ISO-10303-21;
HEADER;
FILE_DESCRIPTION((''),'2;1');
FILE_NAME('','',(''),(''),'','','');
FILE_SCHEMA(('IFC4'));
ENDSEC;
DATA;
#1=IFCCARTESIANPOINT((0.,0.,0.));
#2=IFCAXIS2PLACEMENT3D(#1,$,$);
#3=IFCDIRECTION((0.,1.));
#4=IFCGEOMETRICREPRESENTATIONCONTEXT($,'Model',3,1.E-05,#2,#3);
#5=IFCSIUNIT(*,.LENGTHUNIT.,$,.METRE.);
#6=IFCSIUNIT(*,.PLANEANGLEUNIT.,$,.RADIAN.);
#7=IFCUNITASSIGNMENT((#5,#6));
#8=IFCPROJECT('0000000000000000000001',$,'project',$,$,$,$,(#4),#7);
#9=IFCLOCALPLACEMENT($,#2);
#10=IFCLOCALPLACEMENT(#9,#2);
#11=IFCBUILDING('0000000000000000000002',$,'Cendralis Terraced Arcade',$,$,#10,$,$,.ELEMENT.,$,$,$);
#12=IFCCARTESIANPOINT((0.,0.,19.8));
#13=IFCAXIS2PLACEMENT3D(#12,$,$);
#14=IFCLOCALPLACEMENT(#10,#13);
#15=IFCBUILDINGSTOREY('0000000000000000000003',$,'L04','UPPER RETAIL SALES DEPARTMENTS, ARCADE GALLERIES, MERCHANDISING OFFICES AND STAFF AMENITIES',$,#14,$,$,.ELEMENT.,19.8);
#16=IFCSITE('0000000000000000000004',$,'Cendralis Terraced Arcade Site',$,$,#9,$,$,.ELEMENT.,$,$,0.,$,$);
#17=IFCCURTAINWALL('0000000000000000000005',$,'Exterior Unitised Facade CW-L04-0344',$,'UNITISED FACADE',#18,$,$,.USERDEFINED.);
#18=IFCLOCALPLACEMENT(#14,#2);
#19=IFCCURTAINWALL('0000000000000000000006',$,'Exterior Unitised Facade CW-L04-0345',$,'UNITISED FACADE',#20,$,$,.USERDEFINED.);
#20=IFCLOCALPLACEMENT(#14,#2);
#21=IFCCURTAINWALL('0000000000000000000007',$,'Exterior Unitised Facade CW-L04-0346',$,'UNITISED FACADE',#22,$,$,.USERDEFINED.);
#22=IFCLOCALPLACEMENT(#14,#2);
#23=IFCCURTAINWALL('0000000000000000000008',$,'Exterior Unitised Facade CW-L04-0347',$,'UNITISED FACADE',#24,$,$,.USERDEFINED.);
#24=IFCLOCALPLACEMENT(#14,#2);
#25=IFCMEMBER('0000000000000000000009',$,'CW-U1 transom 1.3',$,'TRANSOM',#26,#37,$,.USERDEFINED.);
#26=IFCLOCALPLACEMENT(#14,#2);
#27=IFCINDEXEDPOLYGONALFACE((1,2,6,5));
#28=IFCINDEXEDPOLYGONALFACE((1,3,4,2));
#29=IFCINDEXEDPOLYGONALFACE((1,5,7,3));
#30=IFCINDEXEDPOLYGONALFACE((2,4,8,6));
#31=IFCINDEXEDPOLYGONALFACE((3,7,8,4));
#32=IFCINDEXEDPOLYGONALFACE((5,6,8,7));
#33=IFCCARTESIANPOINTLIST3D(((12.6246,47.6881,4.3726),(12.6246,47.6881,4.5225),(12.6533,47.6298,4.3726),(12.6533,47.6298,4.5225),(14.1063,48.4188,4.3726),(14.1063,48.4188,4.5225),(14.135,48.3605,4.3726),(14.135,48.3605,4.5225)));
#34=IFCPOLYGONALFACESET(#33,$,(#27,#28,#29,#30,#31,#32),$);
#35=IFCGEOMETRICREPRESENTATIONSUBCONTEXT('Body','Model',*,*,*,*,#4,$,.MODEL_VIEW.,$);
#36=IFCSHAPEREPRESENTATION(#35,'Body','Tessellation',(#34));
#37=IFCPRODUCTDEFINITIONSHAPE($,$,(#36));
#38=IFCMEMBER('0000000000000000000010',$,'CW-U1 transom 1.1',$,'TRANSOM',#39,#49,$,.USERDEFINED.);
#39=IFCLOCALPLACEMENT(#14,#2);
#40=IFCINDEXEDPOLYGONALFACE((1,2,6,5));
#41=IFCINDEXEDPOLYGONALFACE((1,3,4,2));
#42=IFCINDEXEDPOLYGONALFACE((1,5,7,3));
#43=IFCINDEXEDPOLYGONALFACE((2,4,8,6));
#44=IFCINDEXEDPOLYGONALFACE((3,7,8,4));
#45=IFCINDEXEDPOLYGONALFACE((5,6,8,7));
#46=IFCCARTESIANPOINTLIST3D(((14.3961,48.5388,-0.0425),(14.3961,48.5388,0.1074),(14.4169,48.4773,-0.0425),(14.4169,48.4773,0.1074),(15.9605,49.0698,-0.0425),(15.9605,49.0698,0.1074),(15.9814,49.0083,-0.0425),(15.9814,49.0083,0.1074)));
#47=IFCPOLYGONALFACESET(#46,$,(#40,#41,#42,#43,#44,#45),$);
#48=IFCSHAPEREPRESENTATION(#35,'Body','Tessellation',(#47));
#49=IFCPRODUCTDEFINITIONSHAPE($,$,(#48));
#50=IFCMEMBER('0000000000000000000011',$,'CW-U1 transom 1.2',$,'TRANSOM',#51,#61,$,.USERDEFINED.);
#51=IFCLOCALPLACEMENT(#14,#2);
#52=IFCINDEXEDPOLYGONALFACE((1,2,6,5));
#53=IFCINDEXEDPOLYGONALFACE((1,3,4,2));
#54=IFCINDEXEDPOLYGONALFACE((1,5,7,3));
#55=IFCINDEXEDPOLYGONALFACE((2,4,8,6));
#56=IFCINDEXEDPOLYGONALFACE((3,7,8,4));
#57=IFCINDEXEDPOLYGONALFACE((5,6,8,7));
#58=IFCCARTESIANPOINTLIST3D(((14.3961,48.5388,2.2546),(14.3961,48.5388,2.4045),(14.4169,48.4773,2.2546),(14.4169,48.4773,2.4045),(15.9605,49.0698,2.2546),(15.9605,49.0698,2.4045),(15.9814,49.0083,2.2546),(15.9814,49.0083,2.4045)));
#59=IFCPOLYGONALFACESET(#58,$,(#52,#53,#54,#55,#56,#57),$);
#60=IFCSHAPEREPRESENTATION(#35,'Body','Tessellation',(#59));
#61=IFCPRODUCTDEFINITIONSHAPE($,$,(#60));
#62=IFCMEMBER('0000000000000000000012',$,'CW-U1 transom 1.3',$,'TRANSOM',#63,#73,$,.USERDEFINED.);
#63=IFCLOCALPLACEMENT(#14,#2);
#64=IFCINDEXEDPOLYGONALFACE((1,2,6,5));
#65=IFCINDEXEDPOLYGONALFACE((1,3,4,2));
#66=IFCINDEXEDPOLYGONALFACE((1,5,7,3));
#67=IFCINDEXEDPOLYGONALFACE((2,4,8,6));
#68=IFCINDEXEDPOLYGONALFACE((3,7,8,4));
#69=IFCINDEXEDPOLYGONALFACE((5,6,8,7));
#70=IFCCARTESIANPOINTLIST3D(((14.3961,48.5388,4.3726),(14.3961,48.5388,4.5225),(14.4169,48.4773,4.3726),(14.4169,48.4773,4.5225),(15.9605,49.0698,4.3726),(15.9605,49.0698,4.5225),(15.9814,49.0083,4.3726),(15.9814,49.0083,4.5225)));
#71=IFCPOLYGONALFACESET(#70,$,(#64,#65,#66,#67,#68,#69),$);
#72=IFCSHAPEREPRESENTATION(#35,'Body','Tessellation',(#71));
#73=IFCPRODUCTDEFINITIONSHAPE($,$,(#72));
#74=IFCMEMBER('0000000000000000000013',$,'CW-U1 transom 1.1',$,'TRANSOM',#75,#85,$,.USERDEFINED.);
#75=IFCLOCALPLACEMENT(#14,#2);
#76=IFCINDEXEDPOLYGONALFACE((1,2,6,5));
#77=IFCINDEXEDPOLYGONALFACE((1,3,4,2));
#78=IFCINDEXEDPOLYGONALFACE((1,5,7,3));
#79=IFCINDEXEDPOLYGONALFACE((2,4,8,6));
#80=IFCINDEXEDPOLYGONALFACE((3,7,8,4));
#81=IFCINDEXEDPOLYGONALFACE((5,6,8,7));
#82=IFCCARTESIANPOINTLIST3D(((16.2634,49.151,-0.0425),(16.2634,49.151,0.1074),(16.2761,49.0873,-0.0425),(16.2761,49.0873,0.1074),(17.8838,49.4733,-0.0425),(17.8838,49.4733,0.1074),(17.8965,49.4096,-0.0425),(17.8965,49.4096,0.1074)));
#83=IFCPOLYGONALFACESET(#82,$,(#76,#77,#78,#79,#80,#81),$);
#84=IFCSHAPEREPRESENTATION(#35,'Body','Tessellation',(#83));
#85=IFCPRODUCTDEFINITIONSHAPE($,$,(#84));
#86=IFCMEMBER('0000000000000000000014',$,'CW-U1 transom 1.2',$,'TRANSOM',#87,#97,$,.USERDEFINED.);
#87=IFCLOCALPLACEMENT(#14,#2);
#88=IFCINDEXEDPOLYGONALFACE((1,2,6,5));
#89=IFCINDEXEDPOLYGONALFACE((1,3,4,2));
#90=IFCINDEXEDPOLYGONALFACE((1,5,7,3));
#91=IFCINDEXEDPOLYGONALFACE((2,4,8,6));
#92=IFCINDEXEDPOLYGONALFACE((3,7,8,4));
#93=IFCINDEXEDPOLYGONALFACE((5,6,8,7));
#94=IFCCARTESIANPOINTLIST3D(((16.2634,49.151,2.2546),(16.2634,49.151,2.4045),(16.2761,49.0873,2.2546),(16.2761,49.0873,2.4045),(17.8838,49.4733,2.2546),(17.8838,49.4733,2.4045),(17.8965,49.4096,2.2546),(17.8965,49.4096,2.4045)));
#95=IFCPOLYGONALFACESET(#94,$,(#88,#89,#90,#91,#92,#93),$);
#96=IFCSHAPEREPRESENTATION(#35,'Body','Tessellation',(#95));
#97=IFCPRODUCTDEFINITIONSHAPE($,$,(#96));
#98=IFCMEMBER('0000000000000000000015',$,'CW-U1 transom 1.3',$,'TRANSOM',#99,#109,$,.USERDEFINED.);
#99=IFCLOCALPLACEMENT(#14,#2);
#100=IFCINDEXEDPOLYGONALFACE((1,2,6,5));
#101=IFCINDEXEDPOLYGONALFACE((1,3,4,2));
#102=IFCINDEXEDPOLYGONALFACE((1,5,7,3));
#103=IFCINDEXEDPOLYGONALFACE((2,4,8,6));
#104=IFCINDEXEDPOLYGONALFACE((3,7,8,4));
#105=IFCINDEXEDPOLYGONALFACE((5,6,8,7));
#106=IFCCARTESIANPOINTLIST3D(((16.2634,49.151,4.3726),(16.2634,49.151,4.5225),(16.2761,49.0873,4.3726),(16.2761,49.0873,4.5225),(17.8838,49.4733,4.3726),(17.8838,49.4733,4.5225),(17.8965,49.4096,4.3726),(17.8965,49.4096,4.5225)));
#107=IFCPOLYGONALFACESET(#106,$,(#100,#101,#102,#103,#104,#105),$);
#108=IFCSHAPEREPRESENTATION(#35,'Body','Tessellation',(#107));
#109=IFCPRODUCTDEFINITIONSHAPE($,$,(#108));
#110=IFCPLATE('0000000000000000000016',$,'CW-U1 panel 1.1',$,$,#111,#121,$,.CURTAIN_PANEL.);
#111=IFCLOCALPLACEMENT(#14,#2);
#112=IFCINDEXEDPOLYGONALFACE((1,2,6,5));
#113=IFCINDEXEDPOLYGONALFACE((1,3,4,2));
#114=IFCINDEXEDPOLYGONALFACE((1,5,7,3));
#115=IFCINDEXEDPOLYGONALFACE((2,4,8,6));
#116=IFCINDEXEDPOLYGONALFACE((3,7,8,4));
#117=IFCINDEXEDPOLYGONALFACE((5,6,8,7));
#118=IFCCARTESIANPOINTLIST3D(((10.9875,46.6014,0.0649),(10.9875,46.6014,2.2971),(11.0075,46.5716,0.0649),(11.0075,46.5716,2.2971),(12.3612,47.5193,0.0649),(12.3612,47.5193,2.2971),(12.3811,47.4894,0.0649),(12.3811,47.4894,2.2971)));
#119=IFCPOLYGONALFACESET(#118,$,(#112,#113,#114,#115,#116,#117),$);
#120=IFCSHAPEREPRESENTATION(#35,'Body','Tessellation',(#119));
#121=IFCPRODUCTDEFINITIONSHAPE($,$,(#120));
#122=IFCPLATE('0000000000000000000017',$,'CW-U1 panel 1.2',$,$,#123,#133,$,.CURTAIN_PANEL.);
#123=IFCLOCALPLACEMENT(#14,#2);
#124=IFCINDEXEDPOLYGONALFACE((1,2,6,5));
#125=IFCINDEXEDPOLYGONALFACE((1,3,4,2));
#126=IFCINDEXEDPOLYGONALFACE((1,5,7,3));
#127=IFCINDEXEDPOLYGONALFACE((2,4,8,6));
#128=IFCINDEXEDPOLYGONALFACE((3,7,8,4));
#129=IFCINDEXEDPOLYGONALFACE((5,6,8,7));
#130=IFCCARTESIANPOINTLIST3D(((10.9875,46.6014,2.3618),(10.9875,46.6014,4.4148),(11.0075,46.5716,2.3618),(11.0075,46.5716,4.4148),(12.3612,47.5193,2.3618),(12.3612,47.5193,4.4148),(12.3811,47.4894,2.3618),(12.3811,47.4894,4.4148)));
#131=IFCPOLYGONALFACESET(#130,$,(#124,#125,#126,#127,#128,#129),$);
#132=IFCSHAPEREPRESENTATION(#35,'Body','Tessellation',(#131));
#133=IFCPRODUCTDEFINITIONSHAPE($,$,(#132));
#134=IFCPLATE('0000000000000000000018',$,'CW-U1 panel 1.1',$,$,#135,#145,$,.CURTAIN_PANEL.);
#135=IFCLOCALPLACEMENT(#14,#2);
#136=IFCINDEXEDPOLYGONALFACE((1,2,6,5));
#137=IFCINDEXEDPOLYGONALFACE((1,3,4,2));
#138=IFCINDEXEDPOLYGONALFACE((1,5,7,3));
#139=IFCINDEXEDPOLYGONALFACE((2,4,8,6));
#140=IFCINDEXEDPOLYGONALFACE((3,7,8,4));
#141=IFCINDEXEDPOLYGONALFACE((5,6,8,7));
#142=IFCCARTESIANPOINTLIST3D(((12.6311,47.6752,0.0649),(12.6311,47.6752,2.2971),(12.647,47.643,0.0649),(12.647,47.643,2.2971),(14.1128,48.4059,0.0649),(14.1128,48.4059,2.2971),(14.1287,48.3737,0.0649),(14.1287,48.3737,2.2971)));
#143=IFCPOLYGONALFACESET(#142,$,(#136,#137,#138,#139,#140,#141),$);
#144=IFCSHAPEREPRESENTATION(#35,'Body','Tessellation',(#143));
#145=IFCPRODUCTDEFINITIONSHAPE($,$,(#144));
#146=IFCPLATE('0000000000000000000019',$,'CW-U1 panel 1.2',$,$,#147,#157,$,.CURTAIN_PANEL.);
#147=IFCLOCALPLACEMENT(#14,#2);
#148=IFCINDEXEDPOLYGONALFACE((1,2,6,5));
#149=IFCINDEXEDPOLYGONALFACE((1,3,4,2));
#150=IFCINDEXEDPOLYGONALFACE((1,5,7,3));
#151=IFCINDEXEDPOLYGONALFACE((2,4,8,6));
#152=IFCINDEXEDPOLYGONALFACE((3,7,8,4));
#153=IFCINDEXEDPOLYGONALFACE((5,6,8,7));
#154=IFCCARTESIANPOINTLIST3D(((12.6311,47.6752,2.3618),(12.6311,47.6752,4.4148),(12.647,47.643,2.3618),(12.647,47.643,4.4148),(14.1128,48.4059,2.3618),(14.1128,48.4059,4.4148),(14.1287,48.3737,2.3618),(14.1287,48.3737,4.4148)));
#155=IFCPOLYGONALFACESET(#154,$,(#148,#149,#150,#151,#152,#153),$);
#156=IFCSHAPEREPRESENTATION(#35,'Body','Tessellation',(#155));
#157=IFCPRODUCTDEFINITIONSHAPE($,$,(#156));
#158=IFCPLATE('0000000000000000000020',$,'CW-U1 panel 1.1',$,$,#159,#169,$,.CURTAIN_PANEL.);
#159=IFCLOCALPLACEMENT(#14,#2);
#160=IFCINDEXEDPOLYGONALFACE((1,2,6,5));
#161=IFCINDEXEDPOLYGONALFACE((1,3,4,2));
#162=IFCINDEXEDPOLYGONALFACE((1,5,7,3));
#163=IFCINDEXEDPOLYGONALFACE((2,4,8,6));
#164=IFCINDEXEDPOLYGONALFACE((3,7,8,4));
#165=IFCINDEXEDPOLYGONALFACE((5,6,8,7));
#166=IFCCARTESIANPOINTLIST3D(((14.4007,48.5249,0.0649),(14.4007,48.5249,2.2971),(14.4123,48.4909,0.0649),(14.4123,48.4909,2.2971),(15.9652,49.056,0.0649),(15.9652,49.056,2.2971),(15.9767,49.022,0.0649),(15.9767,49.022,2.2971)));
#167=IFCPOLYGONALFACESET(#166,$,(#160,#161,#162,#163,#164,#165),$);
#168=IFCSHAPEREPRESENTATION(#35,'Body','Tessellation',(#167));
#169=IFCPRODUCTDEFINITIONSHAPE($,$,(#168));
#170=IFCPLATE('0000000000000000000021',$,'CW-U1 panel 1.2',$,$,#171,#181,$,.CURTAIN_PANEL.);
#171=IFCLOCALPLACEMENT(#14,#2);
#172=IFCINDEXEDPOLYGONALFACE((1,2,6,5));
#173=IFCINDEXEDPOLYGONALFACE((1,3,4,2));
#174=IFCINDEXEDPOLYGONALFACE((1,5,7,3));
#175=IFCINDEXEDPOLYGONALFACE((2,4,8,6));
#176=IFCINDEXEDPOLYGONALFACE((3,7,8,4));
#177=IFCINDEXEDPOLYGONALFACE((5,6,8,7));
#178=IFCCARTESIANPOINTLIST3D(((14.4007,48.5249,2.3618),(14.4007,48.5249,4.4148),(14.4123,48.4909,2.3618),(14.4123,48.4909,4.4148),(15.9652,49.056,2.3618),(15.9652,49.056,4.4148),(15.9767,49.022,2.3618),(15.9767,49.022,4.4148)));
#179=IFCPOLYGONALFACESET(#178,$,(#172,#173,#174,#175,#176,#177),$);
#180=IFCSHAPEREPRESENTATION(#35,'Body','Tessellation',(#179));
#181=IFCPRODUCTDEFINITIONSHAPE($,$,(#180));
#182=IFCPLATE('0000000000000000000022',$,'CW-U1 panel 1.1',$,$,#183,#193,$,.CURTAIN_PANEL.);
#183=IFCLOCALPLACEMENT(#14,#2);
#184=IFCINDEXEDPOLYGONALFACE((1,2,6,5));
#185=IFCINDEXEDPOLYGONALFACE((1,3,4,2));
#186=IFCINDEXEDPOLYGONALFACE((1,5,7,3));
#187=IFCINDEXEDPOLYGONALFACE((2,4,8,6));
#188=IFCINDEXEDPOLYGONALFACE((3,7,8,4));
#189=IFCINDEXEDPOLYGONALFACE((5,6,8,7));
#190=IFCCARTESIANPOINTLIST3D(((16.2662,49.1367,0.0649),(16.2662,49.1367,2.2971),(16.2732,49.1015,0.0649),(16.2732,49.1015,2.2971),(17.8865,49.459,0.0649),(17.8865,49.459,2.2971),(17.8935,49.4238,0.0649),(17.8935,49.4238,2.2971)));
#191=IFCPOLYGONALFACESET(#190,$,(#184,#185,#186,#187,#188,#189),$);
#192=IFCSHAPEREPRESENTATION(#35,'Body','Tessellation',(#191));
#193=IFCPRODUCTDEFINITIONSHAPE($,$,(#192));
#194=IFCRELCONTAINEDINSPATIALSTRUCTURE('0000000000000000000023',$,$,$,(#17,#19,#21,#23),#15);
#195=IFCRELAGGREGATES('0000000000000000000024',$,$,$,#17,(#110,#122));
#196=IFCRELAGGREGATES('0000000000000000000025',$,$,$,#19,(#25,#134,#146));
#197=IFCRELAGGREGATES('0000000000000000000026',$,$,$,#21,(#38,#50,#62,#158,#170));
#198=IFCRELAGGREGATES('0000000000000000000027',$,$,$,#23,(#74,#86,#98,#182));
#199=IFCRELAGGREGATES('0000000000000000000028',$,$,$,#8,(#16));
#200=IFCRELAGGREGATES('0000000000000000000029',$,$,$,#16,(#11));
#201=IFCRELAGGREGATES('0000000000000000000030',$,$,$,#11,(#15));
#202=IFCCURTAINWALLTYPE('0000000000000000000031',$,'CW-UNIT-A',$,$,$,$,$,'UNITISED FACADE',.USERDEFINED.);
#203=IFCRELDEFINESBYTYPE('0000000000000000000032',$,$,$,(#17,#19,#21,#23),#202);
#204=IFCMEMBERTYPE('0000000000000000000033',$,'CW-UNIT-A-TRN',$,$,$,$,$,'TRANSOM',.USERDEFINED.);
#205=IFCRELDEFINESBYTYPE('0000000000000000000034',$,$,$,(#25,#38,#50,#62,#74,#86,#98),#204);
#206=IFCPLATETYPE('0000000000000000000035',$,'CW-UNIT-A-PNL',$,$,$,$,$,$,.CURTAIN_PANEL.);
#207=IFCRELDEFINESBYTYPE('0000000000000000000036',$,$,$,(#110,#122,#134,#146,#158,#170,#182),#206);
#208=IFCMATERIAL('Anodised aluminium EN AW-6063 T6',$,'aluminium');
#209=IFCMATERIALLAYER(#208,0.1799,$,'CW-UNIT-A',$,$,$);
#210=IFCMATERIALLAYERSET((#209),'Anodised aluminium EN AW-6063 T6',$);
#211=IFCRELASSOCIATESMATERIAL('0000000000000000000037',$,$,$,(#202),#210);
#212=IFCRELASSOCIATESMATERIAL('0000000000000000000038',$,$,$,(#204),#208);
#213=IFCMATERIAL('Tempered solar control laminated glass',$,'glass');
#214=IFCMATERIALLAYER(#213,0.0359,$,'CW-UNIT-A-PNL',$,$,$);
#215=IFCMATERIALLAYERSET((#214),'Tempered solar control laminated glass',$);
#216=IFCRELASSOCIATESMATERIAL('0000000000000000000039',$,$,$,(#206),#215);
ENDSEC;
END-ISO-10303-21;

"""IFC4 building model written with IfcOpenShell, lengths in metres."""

from ifc_helpers import new_model, si_unit, direction, frame, origin, origin_2d, place, context, subcontext, project, spatial, rectangle, extrude, material, layer, layer_set, material_profile, profile_set, type_object, element, aggregate, save


model = new_model("IFC4")

# Units and contexts
model_context = context("Model", 3, precision=1e-05, world=origin(), true_north=direction((0.0, 1.0)))
body_context = subcontext(model_context, "Body", "Model", "MODEL_VIEW")
ifc_project = project(units=[si_unit("LENGTHUNIT", "METRE"), si_unit("PLANEANGLEUNIT", "RADIAN")], contexts=[model_context])

# Site, building, storey
site_placement = place(None, origin())
site = spatial("IfcSite", under=ifc_project, at=site_placement, Name="Cendralis Terraced Arcade Site", CompositionType="ELEMENT", RefElevation=0.0)
building_placement = place(site_placement, origin())
building = spatial("IfcBuilding", under=site, at=building_placement, Name="Cendralis Terraced Arcade", CompositionType="ELEMENT")
storey_placement = place(building_placement, frame((0.0, 0.0, 19.8)))
storey = spatial("IfcBuildingStorey", under=building, at=storey_placement, Name="L04", Description="UPPER RETAIL SALES DEPARTMENTS, ARCADE GALLERIES, MERCHANDISING OFFICES AND STAFF AMENITIES", CompositionType="ELEMENT", Elevation=19.8)

# Curtain wall
ifc_material_1 = material(Name="Anodised aluminium EN AW-6063 T6", Category="aluminium")
ifc_layer_1 = layer(ifc_material_1, 0.1799, Name="CW-UNIT-A")
ifc_layer_set_1 = layer_set([ifc_layer_1], Name="Anodised aluminium EN AW-6063 T6")
curtain_wall_type = type_object("IfcCurtainWallType", Name="CW-UNIT-A", ElementType="UNITISED FACADE", PredefinedType="USERDEFINED", material=ifc_layer_set_1)
curtain_wall_1_placement = place(storey_placement, origin())
curtain_wall_1 = element("IfcCurtainWall", 1, at=curtain_wall_1_placement, inside=storey, type_object=curtain_wall_type, Name="Exterior Unitised Facade CW-L04-0344", ObjectType="UNITISED FACADE", PredefinedType="USERDEFINED")

# Curtain walls
curtain_wall_2_placement = place(storey_placement, origin())
curtain_wall_2 = element("IfcCurtainWall", 2, at=curtain_wall_2_placement, inside=storey, type_object=curtain_wall_type, Name="Exterior Unitised Facade CW-L04-0345", ObjectType="UNITISED FACADE", PredefinedType="USERDEFINED")
curtain_wall_3_placement = place(storey_placement, origin())
curtain_wall_3 = element("IfcCurtainWall", 3, at=curtain_wall_3_placement, inside=storey, type_object=curtain_wall_type, Name="Exterior Unitised Facade CW-L04-0346", ObjectType="UNITISED FACADE", PredefinedType="USERDEFINED")
curtain_wall_4_placement = place(storey_placement, origin())
curtain_wall_4 = element("IfcCurtainWall", 4, at=curtain_wall_4_placement, inside=storey, type_object=curtain_wall_type, Name="Exterior Unitised Facade CW-L04-0347", ObjectType="UNITISED FACADE", PredefinedType="USERDEFINED")

# Members
ifc_material_profile_1 = material_profile(ifc_material_1, rectangle(XDim=0.0649, YDim=0.1499, at=origin_2d()), Name="ALU-TRN-65x150")
ifc_profile_set_1 = profile_set([ifc_material_profile_1], Name="Anodised aluminium EN AW-6063 T6")
member_type_1 = type_object("IfcMemberType", Name="CW-UNIT-A-TRN", ElementType="TRANSOM", PredefinedType="USERDEFINED", material=ifc_profile_set_1)
member_1_placement = place(storey_placement, frame((12.6389, 47.6589, 4.4475), z_axis=(0.896867, 0.442301, 0.0), x_axis=(-0.442301, 0.896867, 0.0)))
member_1 = element("IfcMember", 5, at=member_1_placement, type_object=member_type_1, Name="CW-U1 transom 1.3", ObjectType="TRANSOM", PredefinedType="USERDEFINED", context=body_context, shape_type="SweptSolid", body=[
    extrude(rectangle(XDim=0.0649, YDim=0.1499, at=origin_2d()), origin(), (0.0, 0.0, 1.0), 1.6521),
])
member_2_placement = place(storey_placement, frame((14.4065, 48.5081, 0.0325), z_axis=(0.94694, 0.32141, 0.0), x_axis=(-0.32141, 0.94694, 0.0)))
member_2 = element("IfcMember", 6, at=member_2_placement, type_object=member_type_1, Name="CW-U1 transom 1.1", ObjectType="TRANSOM", PredefinedType="USERDEFINED", context=body_context, shape_type="SweptSolid", body=[
    extrude(rectangle(XDim=0.0649, YDim=0.1499, at=origin_2d()), origin(), (0.0, 0.0, 1.0), 1.6521),
])
member_3_placement = place(storey_placement, frame((14.4065, 48.5081, 2.3296), z_axis=(0.94694, 0.32141, 0.0), x_axis=(-0.32141, 0.94694, 0.0)))
member_3 = element("IfcMember", 7, at=member_3_placement, type_object=member_type_1, Name="CW-U1 transom 1.2", ObjectType="TRANSOM", PredefinedType="USERDEFINED", context=body_context, shape_type="SweptSolid", body=[
    extrude(rectangle(XDim=0.0649, YDim=0.1499, at=origin_2d()), origin(), (0.0, 0.0, 1.0), 1.6521),
])
member_4_placement = place(storey_placement, frame((14.4065, 48.5081, 4.4475), z_axis=(0.94694, 0.32141, 0.0), x_axis=(-0.32141, 0.94694, 0.0)))
member_4 = element("IfcMember", 8, at=member_4_placement, type_object=member_type_1, Name="CW-U1 transom 1.3", ObjectType="TRANSOM", PredefinedType="USERDEFINED", context=body_context, shape_type="SweptSolid", body=[
    extrude(rectangle(XDim=0.0649, YDim=0.1499, at=origin_2d()), origin(), (0.0, 0.0, 1.0), 1.6521),
])
member_5_placement = place(storey_placement, frame((16.2698, 49.1191, 0.0325), z_axis=(0.98079, 0.195065, 0.0), x_axis=(-0.195065, 0.98079, 0.0)))
member_5 = element("IfcMember", 9, at=member_5_placement, type_object=member_type_1, Name="CW-U1 transom 1.1", ObjectType="TRANSOM", PredefinedType="USERDEFINED", context=body_context, shape_type="SweptSolid", body=[
    extrude(rectangle(XDim=0.0649, YDim=0.1499, at=origin_2d()), origin(), (0.0, 0.0, 1.0), 1.6521),
])
member_6_placement = place(storey_placement, frame((16.2698, 49.1191, 2.3296), z_axis=(0.98079, 0.195065, 0.0), x_axis=(-0.195065, 0.98079, 0.0)))
member_6 = element("IfcMember", 10, at=member_6_placement, type_object=member_type_1, Name="CW-U1 transom 1.2", ObjectType="TRANSOM", PredefinedType="USERDEFINED", context=body_context, shape_type="SweptSolid", body=[
    extrude(rectangle(XDim=0.0649, YDim=0.1499, at=origin_2d()), origin(), (0.0, 0.0, 1.0), 1.6521),
])
member_7_placement = place(storey_placement, frame((16.2698, 49.1191, 4.4475), z_axis=(0.98079, 0.195065, 0.0), x_axis=(-0.195065, 0.98079, 0.0)))
member_7 = element("IfcMember", 11, at=member_7_placement, type_object=member_type_1, Name="CW-U1 transom 1.3", ObjectType="TRANSOM", PredefinedType="USERDEFINED", context=body_context, shape_type="SweptSolid", body=[
    extrude(rectangle(XDim=0.0649, YDim=0.1499, at=origin_2d()), origin(), (0.0, 0.0, 1.0), 1.6521),
])

# Plates
ifc_material_2 = material(Name="Tempered solar control laminated glass", Category="glass")
ifc_layer_2 = layer(ifc_material_2, 0.0359, Name="CW-UNIT-A-PNL")
ifc_layer_set_2 = layer_set([ifc_layer_2], Name="Tempered solar control laminated glass")
plate_type = type_object("IfcPlateType", Name="CW-UNIT-A-PNL", PredefinedType="CURTAIN_PANEL", material=ifc_layer_set_2)
plate_1_placement = place(storey_placement, frame((11.6843, 47.0454, 0.0649), z_axis=(0.0, 0.0, 1.0), x_axis=(0.831471, 0.555567, 0.0)))
plate_1 = element("IfcPlate", 12, at=plate_1_placement, type_object=plate_type, Name="CW-U1 panel 1.1", PredefinedType="CURTAIN_PANEL", context=body_context, shape_type="SweptSolid", body=[
    extrude(rectangle(XDim=1.6521, YDim=0.0359, at=origin_2d()), origin(), (0.0, 0.0, 1.0), 2.2322),
])
plate_2_placement = place(storey_placement, frame((11.6843, 47.0454, 2.3618), z_axis=(0.0, 0.0, 1.0), x_axis=(0.831471, 0.555567, 0.0)))
plate_2 = element("IfcPlate", 13, at=plate_2_placement, type_object=plate_type, Name="CW-U1 panel 1.2", PredefinedType="CURTAIN_PANEL", context=body_context, shape_type="SweptSolid", body=[
    extrude(rectangle(XDim=1.6521, YDim=0.0359, at=origin_2d()), origin(), (0.0, 0.0, 1.0), 2.053),
])
aggregate(curtain_wall_1, [plate_1, plate_2])
plate_3_placement = place(storey_placement, frame((13.3799, 48.0244, 0.0649), z_axis=(0.0, 0.0, 1.0), x_axis=(0.896871, 0.442291, 0.0)))
plate_3 = element("IfcPlate", 14, at=plate_3_placement, type_object=plate_type, Name="CW-U1 panel 1.1", PredefinedType="CURTAIN_PANEL", context=body_context, shape_type="SweptSolid", body=[
    extrude(rectangle(XDim=1.6521, YDim=0.0359, at=origin_2d()), origin(), (0.0, 0.0, 1.0), 2.2322),
])
plate_4_placement = place(storey_placement, frame((13.3799, 48.0244, 2.3618), z_axis=(0.0, 0.0, 1.0), x_axis=(0.896871, 0.442291, 0.0)))
plate_4 = element("IfcPlate", 15, at=plate_4_placement, type_object=plate_type, Name="CW-U1 panel 1.2", PredefinedType="CURTAIN_PANEL", context=body_context, shape_type="SweptSolid", body=[
    extrude(rectangle(XDim=1.6521, YDim=0.0359, at=origin_2d()), origin(), (0.0, 0.0, 1.0), 2.053),
])
aggregate(curtain_wall_2, [member_1, plate_3, plate_4])
plate_5_placement = place(storey_placement, frame((15.1887, 48.7734, 0.0649), z_axis=(0.0, 0.0, 1.0), x_axis=(0.946924, 0.321458, 0.0)))
plate_5 = element("IfcPlate", 16, at=plate_5_placement, type_object=plate_type, Name="CW-U1 panel 1.1", PredefinedType="CURTAIN_PANEL", context=body_context, shape_type="SweptSolid", body=[
    extrude(rectangle(XDim=1.6521, YDim=0.0359, at=origin_2d()), origin(), (0.0, 0.0, 1.0), 2.2322),
])
plate_6_placement = place(storey_placement, frame((15.1887, 48.7734, 2.3618), z_axis=(0.0, 0.0, 1.0), x_axis=(0.946924, 0.321458, 0.0)))
plate_6 = element("IfcPlate", 17, at=plate_6_placement, type_object=plate_type, Name="CW-U1 panel 1.2", PredefinedType="CURTAIN_PANEL", context=body_context, shape_type="SweptSolid", body=[
    extrude(rectangle(XDim=1.6521, YDim=0.0359, at=origin_2d()), origin(), (0.0, 0.0, 1.0), 2.053),
])
aggregate(curtain_wall_3, [member_2, member_3, member_4, plate_5, plate_6])
plate_7_placement = place(storey_placement, frame((17.0798, 49.2803, 0.0649), z_axis=(0.0, 0.0, 1.0), x_axis=(0.980792, 0.195058, 0.0)))
plate_7 = element("IfcPlate", 18, at=plate_7_placement, type_object=plate_type, Name="CW-U1 panel 1.1", PredefinedType="CURTAIN_PANEL", context=body_context, shape_type="SweptSolid", body=[
    extrude(rectangle(XDim=1.6521, YDim=0.0359, at=origin_2d()), origin(), (0.0, 0.0, 1.0), 2.2322),
])
aggregate(curtain_wall_4, [member_5, member_6, member_7, plate_7])

save(model, "model.ifc")
